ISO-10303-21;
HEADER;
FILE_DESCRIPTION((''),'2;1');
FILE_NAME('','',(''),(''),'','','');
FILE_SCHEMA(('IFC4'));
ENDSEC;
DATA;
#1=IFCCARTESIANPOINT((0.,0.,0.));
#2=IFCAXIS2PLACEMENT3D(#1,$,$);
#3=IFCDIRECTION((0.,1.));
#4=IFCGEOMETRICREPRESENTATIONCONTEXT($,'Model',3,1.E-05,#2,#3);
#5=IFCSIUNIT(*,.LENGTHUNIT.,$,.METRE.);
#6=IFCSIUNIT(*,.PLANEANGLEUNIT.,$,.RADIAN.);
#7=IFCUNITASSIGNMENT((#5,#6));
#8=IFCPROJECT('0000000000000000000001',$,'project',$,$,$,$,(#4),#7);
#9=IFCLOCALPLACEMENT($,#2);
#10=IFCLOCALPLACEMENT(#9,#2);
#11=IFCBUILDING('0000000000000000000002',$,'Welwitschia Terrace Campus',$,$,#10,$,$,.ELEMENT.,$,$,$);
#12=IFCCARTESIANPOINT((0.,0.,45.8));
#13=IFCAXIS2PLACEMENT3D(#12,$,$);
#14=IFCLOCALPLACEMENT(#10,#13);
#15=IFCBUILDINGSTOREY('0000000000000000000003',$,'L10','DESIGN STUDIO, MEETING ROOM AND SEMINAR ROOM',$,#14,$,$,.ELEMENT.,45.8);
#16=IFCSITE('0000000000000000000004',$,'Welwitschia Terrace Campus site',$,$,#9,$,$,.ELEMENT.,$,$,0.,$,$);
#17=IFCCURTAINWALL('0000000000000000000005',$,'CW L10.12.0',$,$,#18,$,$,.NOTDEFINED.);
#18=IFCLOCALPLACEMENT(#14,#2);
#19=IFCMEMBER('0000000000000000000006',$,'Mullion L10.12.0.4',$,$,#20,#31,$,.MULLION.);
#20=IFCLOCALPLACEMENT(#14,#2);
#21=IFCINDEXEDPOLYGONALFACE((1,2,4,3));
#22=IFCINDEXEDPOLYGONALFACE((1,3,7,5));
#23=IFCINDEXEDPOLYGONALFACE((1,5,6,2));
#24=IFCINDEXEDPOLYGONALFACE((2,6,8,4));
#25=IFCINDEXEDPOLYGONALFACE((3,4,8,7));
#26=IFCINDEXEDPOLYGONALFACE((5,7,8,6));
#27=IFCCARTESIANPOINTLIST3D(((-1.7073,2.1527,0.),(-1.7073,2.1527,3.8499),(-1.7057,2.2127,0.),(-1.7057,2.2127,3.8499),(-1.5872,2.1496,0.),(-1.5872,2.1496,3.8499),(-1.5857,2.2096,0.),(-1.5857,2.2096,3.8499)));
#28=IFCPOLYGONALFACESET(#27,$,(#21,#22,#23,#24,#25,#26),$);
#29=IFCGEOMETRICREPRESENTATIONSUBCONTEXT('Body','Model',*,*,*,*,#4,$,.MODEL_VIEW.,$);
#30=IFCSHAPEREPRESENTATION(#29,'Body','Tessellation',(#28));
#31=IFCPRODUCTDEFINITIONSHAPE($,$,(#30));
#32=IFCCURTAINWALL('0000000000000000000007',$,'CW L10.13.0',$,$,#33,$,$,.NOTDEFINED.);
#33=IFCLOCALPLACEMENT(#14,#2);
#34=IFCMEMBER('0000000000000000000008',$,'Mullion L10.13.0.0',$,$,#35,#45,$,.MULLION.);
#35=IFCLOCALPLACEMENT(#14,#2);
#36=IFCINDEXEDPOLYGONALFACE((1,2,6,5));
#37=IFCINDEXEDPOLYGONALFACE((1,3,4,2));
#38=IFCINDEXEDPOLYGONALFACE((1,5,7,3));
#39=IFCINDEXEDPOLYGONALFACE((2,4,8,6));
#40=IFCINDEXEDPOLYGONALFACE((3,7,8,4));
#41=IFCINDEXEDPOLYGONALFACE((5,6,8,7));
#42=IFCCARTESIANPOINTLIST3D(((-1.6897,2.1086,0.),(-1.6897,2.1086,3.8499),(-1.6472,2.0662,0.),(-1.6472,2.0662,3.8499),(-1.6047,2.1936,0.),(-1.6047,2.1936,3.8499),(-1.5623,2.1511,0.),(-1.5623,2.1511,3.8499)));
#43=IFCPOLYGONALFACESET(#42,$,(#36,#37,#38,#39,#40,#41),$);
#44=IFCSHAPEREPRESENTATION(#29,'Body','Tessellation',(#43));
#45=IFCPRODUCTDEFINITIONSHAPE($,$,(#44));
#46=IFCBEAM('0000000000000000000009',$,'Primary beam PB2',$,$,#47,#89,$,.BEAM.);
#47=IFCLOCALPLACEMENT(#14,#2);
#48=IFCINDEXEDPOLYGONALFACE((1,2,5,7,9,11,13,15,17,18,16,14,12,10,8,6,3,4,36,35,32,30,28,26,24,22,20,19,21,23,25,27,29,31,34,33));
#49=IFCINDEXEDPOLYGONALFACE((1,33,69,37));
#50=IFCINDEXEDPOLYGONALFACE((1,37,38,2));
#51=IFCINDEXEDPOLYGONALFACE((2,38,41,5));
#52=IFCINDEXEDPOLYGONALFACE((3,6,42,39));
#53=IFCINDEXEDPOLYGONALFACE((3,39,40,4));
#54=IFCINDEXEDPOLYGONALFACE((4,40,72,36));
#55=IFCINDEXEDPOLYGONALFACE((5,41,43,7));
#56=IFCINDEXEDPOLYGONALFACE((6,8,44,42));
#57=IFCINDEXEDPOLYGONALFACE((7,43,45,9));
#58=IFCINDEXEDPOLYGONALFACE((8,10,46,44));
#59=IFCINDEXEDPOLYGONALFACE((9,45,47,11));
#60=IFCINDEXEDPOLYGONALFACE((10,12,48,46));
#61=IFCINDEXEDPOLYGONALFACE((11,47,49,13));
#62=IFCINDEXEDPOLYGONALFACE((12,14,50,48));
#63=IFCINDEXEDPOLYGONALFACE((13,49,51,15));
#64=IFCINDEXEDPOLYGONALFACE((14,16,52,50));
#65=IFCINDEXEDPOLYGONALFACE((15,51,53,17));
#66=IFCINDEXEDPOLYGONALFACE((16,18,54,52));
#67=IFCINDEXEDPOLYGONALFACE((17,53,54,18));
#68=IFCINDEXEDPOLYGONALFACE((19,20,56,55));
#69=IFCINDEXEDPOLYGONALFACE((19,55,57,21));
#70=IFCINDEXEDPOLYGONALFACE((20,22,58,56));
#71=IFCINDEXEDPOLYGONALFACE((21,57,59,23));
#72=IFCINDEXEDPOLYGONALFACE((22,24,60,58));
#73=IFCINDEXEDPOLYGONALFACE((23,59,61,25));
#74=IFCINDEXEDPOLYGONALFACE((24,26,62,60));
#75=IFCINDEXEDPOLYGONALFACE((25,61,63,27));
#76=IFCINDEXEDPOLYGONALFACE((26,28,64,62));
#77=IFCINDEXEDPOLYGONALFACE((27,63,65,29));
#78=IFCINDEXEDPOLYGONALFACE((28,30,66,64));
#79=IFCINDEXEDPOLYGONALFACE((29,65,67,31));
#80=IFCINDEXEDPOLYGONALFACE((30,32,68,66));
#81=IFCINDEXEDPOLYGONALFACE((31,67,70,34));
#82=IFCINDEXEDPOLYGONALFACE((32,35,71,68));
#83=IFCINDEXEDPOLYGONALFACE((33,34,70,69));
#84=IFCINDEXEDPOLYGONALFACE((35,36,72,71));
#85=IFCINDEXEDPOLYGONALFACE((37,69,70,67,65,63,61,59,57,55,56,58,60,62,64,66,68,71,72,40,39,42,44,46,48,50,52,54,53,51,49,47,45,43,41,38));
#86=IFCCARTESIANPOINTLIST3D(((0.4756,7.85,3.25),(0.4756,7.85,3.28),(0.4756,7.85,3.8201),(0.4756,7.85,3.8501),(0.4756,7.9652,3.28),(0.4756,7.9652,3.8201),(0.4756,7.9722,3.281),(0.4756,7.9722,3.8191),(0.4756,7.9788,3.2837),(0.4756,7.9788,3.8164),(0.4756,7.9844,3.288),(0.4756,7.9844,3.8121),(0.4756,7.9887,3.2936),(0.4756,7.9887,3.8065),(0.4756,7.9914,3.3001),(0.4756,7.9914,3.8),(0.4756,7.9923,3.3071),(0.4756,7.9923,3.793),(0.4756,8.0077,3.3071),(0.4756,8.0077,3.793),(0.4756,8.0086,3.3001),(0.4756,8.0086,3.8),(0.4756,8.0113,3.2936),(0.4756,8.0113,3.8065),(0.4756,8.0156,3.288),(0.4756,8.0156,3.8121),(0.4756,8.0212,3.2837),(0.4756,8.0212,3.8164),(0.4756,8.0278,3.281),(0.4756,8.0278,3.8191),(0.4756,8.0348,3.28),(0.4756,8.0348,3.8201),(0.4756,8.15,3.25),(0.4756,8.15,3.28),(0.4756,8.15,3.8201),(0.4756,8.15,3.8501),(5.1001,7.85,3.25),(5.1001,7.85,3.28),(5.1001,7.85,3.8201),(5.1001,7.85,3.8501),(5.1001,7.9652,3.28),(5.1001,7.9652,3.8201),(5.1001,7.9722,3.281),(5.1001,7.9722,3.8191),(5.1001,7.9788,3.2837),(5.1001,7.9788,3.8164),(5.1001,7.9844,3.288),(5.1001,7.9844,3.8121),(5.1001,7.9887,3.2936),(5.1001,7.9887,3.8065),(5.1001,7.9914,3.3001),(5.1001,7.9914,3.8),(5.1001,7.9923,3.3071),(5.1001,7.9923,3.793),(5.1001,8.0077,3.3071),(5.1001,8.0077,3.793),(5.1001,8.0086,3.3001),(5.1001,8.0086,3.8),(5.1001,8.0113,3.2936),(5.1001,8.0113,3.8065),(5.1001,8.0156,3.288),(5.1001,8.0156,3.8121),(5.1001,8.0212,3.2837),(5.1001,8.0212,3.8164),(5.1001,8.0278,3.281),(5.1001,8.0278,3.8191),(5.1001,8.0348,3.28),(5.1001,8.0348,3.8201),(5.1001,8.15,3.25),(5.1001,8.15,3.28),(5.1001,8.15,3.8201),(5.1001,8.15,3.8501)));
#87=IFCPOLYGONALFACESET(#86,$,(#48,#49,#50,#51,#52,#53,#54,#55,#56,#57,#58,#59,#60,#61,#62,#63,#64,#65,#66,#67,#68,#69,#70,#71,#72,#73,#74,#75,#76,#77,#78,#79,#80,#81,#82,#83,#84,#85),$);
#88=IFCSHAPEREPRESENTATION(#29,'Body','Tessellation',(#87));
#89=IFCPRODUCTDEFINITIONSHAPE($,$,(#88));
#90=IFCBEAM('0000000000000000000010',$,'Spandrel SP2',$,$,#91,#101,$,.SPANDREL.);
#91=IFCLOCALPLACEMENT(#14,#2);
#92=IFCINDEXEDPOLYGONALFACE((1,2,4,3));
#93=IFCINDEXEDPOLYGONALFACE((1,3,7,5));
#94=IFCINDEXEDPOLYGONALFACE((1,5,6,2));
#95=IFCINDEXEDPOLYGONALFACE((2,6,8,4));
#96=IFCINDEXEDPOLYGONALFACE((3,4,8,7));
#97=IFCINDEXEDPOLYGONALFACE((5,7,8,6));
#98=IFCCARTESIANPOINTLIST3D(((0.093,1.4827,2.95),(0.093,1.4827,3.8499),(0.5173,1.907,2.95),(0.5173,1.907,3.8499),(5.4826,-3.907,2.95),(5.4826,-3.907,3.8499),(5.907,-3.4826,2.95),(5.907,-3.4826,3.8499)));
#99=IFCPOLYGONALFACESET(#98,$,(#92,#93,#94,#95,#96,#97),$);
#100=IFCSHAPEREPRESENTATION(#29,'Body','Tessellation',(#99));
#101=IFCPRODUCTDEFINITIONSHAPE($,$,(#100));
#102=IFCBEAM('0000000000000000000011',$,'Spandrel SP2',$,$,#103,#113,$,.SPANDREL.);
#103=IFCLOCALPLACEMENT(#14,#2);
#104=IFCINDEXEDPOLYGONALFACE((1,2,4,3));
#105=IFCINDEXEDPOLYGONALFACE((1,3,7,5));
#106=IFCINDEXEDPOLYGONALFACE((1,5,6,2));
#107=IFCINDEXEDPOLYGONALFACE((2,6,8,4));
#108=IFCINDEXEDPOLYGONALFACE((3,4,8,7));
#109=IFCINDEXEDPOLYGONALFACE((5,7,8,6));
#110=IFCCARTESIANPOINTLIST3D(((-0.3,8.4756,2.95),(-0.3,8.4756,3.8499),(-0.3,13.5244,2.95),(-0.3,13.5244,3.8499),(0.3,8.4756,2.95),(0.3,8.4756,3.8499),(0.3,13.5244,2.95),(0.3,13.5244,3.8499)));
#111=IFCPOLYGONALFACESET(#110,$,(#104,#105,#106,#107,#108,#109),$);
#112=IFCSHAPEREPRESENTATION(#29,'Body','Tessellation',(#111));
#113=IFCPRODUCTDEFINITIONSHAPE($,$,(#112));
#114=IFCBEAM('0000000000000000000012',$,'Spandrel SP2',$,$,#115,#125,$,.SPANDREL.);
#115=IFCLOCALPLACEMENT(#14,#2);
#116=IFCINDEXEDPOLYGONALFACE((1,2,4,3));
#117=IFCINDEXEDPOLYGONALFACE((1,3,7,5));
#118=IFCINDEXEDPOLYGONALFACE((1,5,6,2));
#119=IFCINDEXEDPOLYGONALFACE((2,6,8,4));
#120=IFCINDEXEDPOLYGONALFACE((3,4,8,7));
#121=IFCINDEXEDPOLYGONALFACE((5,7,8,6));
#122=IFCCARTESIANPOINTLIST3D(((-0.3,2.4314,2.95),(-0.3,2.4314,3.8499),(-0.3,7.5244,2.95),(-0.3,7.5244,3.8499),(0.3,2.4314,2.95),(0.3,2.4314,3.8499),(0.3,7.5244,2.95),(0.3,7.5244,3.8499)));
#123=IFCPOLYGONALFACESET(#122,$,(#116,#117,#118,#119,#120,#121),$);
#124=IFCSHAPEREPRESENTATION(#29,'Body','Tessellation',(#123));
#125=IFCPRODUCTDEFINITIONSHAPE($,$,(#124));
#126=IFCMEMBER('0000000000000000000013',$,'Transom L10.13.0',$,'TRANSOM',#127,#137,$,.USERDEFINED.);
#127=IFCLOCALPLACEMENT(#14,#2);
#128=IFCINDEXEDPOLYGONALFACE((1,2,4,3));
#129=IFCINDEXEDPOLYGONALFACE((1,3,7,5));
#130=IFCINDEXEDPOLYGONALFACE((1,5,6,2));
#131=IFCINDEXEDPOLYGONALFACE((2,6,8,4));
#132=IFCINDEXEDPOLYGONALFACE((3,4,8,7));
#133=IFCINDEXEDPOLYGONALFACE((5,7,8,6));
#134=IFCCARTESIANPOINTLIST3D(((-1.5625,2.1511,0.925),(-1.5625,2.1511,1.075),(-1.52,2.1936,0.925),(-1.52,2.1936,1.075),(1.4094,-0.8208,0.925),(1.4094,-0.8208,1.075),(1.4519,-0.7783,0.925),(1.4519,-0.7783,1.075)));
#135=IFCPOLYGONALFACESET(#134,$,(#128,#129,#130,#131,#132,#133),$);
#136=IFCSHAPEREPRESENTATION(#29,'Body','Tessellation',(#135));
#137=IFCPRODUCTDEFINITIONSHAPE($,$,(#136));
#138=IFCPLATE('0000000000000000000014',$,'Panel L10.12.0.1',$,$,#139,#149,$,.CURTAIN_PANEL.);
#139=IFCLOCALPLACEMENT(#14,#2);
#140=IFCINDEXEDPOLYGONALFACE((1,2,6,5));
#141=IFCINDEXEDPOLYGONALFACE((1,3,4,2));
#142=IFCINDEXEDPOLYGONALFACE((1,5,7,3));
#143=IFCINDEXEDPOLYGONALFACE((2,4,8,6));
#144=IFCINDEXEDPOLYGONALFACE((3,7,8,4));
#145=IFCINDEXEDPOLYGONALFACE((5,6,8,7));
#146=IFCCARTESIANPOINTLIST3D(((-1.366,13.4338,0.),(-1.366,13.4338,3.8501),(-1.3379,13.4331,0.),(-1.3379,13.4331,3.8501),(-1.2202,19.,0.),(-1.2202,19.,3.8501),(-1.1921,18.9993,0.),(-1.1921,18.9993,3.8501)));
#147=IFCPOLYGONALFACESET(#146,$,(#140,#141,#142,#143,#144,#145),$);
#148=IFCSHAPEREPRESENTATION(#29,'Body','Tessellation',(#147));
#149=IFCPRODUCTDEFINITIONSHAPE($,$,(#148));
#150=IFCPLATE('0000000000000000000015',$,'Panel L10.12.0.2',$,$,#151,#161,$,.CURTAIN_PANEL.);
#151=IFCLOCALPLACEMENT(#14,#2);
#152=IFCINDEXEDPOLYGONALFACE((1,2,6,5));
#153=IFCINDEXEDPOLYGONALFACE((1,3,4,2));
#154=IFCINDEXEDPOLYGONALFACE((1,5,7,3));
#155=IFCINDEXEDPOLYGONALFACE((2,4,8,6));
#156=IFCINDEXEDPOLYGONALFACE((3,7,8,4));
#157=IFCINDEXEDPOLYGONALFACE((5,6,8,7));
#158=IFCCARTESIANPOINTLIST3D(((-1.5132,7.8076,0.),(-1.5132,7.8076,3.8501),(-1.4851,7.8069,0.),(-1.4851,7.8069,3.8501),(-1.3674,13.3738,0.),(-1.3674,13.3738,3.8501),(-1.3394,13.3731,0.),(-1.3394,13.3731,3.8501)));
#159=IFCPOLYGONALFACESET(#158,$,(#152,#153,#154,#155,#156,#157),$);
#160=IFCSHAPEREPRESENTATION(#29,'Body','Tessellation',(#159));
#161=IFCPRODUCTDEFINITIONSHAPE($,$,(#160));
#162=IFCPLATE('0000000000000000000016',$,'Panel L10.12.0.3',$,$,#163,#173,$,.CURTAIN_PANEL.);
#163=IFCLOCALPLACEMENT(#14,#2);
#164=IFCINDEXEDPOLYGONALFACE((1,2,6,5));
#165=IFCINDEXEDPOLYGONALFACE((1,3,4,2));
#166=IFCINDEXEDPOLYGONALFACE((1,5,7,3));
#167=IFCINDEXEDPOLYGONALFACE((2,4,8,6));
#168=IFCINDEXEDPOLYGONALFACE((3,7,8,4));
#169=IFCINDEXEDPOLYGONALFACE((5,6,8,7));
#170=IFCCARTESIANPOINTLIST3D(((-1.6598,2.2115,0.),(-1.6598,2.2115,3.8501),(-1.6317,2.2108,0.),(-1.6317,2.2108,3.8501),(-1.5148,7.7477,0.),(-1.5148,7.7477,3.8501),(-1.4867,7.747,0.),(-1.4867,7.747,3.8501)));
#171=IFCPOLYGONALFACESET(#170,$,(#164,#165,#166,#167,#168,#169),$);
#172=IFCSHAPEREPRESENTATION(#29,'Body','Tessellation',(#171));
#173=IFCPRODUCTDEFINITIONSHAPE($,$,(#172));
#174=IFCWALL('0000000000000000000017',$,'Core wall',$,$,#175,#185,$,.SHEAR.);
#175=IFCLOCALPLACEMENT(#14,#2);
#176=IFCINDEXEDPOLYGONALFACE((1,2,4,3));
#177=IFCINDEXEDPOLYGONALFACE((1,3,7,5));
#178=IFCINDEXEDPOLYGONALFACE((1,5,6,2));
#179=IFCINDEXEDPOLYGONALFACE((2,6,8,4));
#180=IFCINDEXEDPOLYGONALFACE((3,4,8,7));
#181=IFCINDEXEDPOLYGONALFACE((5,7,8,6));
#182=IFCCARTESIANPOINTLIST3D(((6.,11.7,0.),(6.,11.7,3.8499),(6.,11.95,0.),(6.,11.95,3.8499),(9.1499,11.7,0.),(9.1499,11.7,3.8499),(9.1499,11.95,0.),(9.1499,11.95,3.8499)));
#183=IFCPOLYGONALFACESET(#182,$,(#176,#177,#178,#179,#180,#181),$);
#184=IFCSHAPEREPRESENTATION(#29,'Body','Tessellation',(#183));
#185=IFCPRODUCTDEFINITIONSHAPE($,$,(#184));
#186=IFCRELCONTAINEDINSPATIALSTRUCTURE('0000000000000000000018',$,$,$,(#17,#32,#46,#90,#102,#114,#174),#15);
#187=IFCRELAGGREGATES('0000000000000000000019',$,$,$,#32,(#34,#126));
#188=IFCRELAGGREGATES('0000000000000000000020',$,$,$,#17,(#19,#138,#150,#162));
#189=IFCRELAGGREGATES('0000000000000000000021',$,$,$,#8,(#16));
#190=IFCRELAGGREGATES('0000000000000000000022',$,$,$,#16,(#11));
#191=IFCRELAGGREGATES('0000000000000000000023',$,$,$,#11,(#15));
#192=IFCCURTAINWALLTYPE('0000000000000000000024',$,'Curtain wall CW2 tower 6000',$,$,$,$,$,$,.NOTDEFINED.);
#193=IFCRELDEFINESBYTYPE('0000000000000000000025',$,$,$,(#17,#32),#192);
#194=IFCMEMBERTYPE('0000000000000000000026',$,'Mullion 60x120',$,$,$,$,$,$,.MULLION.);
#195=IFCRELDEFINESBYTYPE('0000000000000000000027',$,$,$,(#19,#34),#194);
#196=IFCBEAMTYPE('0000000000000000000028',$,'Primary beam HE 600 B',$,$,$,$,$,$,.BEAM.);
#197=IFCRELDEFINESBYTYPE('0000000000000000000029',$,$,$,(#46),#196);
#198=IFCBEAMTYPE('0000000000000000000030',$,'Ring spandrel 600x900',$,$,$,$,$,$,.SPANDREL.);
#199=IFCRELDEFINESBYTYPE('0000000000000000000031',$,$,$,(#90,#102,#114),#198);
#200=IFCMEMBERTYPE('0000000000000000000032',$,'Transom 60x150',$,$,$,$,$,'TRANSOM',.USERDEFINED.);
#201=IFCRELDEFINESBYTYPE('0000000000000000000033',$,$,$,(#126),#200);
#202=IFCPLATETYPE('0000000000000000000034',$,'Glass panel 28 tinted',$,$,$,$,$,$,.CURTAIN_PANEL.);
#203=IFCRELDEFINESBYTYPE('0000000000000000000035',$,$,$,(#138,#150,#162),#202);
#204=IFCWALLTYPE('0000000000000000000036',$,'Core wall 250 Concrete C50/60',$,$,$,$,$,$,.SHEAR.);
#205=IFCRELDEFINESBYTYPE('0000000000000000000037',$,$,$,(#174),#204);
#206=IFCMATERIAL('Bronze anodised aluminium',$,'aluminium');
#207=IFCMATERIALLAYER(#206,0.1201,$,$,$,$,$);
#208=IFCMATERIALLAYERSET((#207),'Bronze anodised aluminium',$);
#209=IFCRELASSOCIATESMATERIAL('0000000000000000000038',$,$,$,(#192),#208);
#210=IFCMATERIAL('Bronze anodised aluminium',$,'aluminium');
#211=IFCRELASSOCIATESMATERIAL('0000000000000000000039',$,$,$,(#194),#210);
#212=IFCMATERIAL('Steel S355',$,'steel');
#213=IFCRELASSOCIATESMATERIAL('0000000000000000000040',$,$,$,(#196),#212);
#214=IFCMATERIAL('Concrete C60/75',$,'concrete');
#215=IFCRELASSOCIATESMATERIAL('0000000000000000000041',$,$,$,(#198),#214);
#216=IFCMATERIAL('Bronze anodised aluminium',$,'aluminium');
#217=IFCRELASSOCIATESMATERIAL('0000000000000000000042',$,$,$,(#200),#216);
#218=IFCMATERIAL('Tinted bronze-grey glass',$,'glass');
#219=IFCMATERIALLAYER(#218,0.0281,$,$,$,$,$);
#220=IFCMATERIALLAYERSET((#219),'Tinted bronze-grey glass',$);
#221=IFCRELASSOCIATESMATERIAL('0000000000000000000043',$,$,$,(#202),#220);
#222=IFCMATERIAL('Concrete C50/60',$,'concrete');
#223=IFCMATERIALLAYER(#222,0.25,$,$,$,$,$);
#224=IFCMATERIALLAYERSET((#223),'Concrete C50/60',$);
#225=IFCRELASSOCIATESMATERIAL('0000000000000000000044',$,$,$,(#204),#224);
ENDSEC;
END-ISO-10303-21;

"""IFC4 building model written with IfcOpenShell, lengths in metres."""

from ifc_helpers import new_model, si_unit, direction, frame, frame_2d, origin, origin_2d, place, context, subcontext, project, spatial, rectangle, i_section, extrude, material, layer, layer_set, material_profile, profile_set, type_object, element, aggregate, save


model = new_model("IFC4")

# Units and contexts
model_context = context("Model", 3, precision=1e-05, world=origin(), true_north=direction((0.0, 1.0)))
body_context = subcontext(model_context, "Body", "Model", "MODEL_VIEW")
ifc_project = project(units=[si_unit("LENGTHUNIT", "METRE"), si_unit("PLANEANGLEUNIT", "RADIAN")], contexts=[model_context])

# Site, building, storey
site_placement = place(None, origin())
site = spatial("IfcSite", under=ifc_project, at=site_placement, Name="Welwitschia Terrace Campus site", CompositionType="ELEMENT", RefElevation=0.0)
building_placement = place(site_placement, origin())
building = spatial("IfcBuilding", under=site, at=building_placement, Name="Welwitschia Terrace Campus", CompositionType="ELEMENT")
storey_placement = place(building_placement, frame((0.0, 0.0, 45.8)))
storey = spatial("IfcBuildingStorey", under=building, at=storey_placement, Name="L10", Description="DESIGN STUDIO, MEETING ROOM AND SEMINAR ROOM", CompositionType="ELEMENT", Elevation=45.8)

# Curtain wall, member
ifc_material_1 = material(Name="Bronze anodised aluminium", Category="aluminium")
ifc_layer_1 = layer(ifc_material_1, 0.1201)
ifc_layer_set_1 = layer_set([ifc_layer_1], Name="Bronze anodised aluminium")
curtain_wall_type = type_object("IfcCurtainWallType", Name="Curtain wall CW2 tower 6000", PredefinedType="NOTDEFINED", material=ifc_layer_set_1)
curtain_wall_1_placement = place(storey_placement, origin())
curtain_wall_1 = element("IfcCurtainWall", 1, at=curtain_wall_1_placement, inside=storey, type_object=curtain_wall_type, Name="CW L10.12.0", PredefinedType="NOTDEFINED")
ifc_material_2 = material(Name="Bronze anodised aluminium", Category="aluminium")
ifc_material_profile_1 = material_profile(ifc_material_2, rectangle(XDim=0.1201, YDim=0.0601, at=origin_2d()))
ifc_profile_set_1 = profile_set([ifc_material_profile_1], Name="Bronze anodised aluminium")
member_type_1 = type_object("IfcMemberType", Name="Mullion 60x120", PredefinedType="MULLION", material=ifc_profile_set_1)
member_1_placement = place(storey_placement, frame((-1.6465, 2.1812, 0.0), z_axis=(0.0, 0.0, 1.0), x_axis=(0.999657, -0.026177, 0.0)))
member_1 = element("IfcMember", 2, at=member_1_placement, type_object=member_type_1, Name="Mullion L10.12.0.4", PredefinedType="MULLION", context=body_context, shape_type="SweptSolid", body=[
    extrude(rectangle(XDim=0.1201, YDim=0.0601, at=origin_2d()), origin(), (0.0, 0.0, 1.0), 3.8499),
])

# Curtain wall, member
curtain_wall_2_placement = place(storey_placement, origin())
curtain_wall_2 = element("IfcCurtainWall", 3, at=curtain_wall_2_placement, inside=storey, type_object=curtain_wall_type, Name="CW L10.13.0", PredefinedType="NOTDEFINED")
member_2_placement = place(storey_placement, frame((-1.626, 2.1299, 0.0), z_axis=(0.0, 0.0, 1.0), x_axis=(0.707107, 0.707107, 0.0)))
member_2 = element("IfcMember", 4, at=member_2_placement, type_object=member_type_1, Name="Mullion L10.13.0.0", PredefinedType="MULLION", context=body_context, shape_type="SweptSolid", body=[
    extrude(rectangle(XDim=0.1201, YDim=0.0601, at=origin_2d()), origin(), (0.0, 0.0, 1.0), 3.8499),
])

# Beams
ifc_material_3 = material(Name="Steel S355", Category="steel")
ifc_material_profile_2 = material_profile(ifc_material_3, i_section(OverallWidth=0.3, OverallDepth=0.6001, WebThickness=0.0154, FlangeThickness=0.03, FilletRadius=0.0271, at=origin_2d()))
ifc_profile_set_2 = profile_set([ifc_material_profile_2], Name="Steel S355")
beam_type_1 = type_object("IfcBeamType", Name="Primary beam HE 600 B", PredefinedType="BEAM", material=ifc_profile_set_2)
beam_1_placement = place(storey_placement, frame((0.4756, 8.0, 3.55), z_axis=(1.0, 0.0, 0.0), x_axis=(0.0, 1.0, 0.0)))
element("IfcBeam", 5, at=beam_1_placement, inside=storey, type_object=beam_type_1, Name="Primary beam PB2", PredefinedType="BEAM", context=body_context, shape_type="SweptSolid", body=[
    extrude(i_section(OverallWidth=0.3, OverallDepth=0.6001, WebThickness=0.0154, FlangeThickness=0.03, FilletRadius=0.0271, at=origin_2d()), origin(), (0.0, 0.0, 1.0), 4.6245),
])
ifc_material_4 = material(Name="Concrete C60/75", Category="concrete")
ifc_material_profile_3 = material_profile(ifc_material_4, rectangle(XDim=0.6001, YDim=0.8999, at=origin_2d()))
ifc_profile_set_3 = profile_set([ifc_material_profile_3], Name="Concrete C60/75")
beam_type_2 = type_object("IfcBeamType", Name="Ring spandrel 600x900", PredefinedType="SPANDREL", material=ifc_profile_set_3)
beam_2_placement = place(storey_placement, frame((0.3052, 1.6948, 3.3999), z_axis=(0.707107, -0.707107, 0.0), x_axis=(0.707107, 0.707107, 0.0)))
element("IfcBeam", 6, at=beam_2_placement, inside=storey, type_object=beam_type_2, Name="Spandrel SP2", PredefinedType="SPANDREL", context=body_context, shape_type="SweptSolid", body=[
    extrude(rectangle(XDim=0.6001, YDim=0.8999, at=origin_2d()), origin(), (0.0, 0.0, 1.0), 7.6221),
])
beam_3_placement = place(storey_placement, frame((0.0, 13.5244, 3.3999), z_axis=(0.0, -1.0, 0.0), x_axis=(1.0, 0.0, 0.0)))
element("IfcBeam", 7, at=beam_3_placement, inside=storey, type_object=beam_type_2, Name="Spandrel SP2", PredefinedType="SPANDREL", context=body_context, shape_type="SweptSolid", body=[
    extrude(rectangle(XDim=0.6001, YDim=0.8999, at=origin_2d()), origin(), (0.0, 0.0, 1.0), 5.0488),
])
beam_4_placement = place(storey_placement, frame((0.0, 7.5244, 3.3999), z_axis=(0.0, -1.0, 0.0), x_axis=(1.0, 0.0, 0.0)))
element("IfcBeam", 8, at=beam_4_placement, inside=storey, type_object=beam_type_2, Name="Spandrel SP2", PredefinedType="SPANDREL", context=body_context, shape_type="SweptSolid", body=[
    extrude(rectangle(XDim=0.6001, YDim=0.8999, at=origin_2d()), origin(), (0.0, 0.0, 1.0), 5.093),
])

# Member
ifc_material_5 = material(Name="Bronze anodised aluminium", Category="aluminium")
ifc_material_profile_4 = material_profile(ifc_material_5, rectangle(XDim=0.0601, YDim=0.1499, at=origin_2d()))
ifc_profile_set_4 = profile_set([ifc_material_profile_4], Name="Bronze anodised aluminium")
member_type_2 = type_object("IfcMemberType", Name="Transom 60x150", ElementType="TRANSOM", PredefinedType="USERDEFINED", material=ifc_profile_set_4)
member_3_placement = place(storey_placement, frame((-1.5413, 2.1724, 1.0), z_axis=(0.707107, -0.707107, 0.0), x_axis=(0.707107, 0.707107, 0.0)))
member_3 = element("IfcMember", 9, at=member_3_placement, type_object=member_type_2, Name="Transom L10.13.0", ObjectType="TRANSOM", PredefinedType="USERDEFINED", context=body_context, shape_type="SweptSolid", body=[
    extrude(rectangle(XDim=0.0601, YDim=0.1499, at=origin_2d()), origin(), (0.0, 0.0, 1.0), 4.2029),
])
aggregate(curtain_wall_2, [member_2, member_3])

# Plates
ifc_material_6 = material(Name="Tinted bronze-grey glass", Category="glass")
ifc_layer_2 = layer(ifc_material_6, 0.0281)
ifc_layer_set_2 = layer_set([ifc_layer_2], Name="Tinted bronze-grey glass")
plate_type = type_object("IfcPlateType", Name="Glass panel 28 tinted", PredefinedType="CURTAIN_PANEL", material=ifc_layer_set_2)
plate_1_placement = place(storey_placement, frame((-1.2791, 16.2166, 0.0), z_axis=(0.0, 0.0, 1.0), x_axis=(-0.026177, -0.999657, 0.0)))
plate_1 = element("IfcPlate", 10, at=plate_1_placement, type_object=plate_type, Name="Panel L10.12.0.1", PredefinedType="CURTAIN_PANEL", context=body_context, shape_type="SweptSolid", body=[
    extrude(rectangle(XDim=5.5681, YDim=0.0281, at=origin_2d()), origin(), (0.0, 0.0, 1.0), 3.8501),
])
plate_2_placement = place(storey_placement, frame((-1.4263, 10.5903, 0.0), z_axis=(0.0, 0.0, 1.0), x_axis=(-0.026177, -0.999657, 0.0)))
plate_2 = element("IfcPlate", 11, at=plate_2_placement, type_object=plate_type, Name="Panel L10.12.0.2", PredefinedType="CURTAIN_PANEL", context=body_context, shape_type="SweptSolid", body=[
    extrude(rectangle(XDim=5.5681, YDim=0.0281, at=origin_2d()), origin(), (0.0, 0.0, 1.0), 3.8501),
])
plate_3_placement = place(storey_placement, frame((-1.5732, 4.9792, 0.0), z_axis=(0.0, 0.0, 1.0), x_axis=(-0.026177, -0.999657, 0.0)))
plate_3 = element("IfcPlate", 12, at=plate_3_placement, type_object=plate_type, Name="Panel L10.12.0.3", PredefinedType="CURTAIN_PANEL", context=body_context, shape_type="SweptSolid", body=[
    extrude(rectangle(XDim=5.5381, YDim=0.0281, at=origin_2d()), origin(), (0.0, 0.0, 1.0), 3.8501),
])
aggregate(curtain_wall_1, [member_1, plate_1, plate_2, plate_3])

# Wall
ifc_material_7 = material(Name="Concrete C50/60", Category="concrete")
ifc_layer_3 = layer(ifc_material_7, 0.25)
ifc_layer_set_3 = layer_set([ifc_layer_3], Name="Concrete C50/60")
wall_type_1 = type_object("IfcWallType", Name="Core wall 250 Concrete C50/60", PredefinedType="SHEAR", material=ifc_layer_set_3)
for number, where, z_axis, x_axis, name in (
    (13, (6.0, 11.825, 0.0), (0.0, 0.0, 1.0), (1.0, 0.0, 0.0), "Core wall"),
):
    element("IfcWall", number, at=place(storey_placement, frame(where, z_axis=z_axis, x_axis=x_axis)), inside=storey, type_object=wall_type_1, Name=name, PredefinedType="SHEAR", context=body_context, shape_type="SweptSolid", body=[
        extrude(rectangle(XDim=3.1499, YDim=0.25, at=frame_2d((1.575, 0.0))), origin(), (0.0, 0.0, 1.0), 3.8499),
    ])

save(model, "model.ifc")
